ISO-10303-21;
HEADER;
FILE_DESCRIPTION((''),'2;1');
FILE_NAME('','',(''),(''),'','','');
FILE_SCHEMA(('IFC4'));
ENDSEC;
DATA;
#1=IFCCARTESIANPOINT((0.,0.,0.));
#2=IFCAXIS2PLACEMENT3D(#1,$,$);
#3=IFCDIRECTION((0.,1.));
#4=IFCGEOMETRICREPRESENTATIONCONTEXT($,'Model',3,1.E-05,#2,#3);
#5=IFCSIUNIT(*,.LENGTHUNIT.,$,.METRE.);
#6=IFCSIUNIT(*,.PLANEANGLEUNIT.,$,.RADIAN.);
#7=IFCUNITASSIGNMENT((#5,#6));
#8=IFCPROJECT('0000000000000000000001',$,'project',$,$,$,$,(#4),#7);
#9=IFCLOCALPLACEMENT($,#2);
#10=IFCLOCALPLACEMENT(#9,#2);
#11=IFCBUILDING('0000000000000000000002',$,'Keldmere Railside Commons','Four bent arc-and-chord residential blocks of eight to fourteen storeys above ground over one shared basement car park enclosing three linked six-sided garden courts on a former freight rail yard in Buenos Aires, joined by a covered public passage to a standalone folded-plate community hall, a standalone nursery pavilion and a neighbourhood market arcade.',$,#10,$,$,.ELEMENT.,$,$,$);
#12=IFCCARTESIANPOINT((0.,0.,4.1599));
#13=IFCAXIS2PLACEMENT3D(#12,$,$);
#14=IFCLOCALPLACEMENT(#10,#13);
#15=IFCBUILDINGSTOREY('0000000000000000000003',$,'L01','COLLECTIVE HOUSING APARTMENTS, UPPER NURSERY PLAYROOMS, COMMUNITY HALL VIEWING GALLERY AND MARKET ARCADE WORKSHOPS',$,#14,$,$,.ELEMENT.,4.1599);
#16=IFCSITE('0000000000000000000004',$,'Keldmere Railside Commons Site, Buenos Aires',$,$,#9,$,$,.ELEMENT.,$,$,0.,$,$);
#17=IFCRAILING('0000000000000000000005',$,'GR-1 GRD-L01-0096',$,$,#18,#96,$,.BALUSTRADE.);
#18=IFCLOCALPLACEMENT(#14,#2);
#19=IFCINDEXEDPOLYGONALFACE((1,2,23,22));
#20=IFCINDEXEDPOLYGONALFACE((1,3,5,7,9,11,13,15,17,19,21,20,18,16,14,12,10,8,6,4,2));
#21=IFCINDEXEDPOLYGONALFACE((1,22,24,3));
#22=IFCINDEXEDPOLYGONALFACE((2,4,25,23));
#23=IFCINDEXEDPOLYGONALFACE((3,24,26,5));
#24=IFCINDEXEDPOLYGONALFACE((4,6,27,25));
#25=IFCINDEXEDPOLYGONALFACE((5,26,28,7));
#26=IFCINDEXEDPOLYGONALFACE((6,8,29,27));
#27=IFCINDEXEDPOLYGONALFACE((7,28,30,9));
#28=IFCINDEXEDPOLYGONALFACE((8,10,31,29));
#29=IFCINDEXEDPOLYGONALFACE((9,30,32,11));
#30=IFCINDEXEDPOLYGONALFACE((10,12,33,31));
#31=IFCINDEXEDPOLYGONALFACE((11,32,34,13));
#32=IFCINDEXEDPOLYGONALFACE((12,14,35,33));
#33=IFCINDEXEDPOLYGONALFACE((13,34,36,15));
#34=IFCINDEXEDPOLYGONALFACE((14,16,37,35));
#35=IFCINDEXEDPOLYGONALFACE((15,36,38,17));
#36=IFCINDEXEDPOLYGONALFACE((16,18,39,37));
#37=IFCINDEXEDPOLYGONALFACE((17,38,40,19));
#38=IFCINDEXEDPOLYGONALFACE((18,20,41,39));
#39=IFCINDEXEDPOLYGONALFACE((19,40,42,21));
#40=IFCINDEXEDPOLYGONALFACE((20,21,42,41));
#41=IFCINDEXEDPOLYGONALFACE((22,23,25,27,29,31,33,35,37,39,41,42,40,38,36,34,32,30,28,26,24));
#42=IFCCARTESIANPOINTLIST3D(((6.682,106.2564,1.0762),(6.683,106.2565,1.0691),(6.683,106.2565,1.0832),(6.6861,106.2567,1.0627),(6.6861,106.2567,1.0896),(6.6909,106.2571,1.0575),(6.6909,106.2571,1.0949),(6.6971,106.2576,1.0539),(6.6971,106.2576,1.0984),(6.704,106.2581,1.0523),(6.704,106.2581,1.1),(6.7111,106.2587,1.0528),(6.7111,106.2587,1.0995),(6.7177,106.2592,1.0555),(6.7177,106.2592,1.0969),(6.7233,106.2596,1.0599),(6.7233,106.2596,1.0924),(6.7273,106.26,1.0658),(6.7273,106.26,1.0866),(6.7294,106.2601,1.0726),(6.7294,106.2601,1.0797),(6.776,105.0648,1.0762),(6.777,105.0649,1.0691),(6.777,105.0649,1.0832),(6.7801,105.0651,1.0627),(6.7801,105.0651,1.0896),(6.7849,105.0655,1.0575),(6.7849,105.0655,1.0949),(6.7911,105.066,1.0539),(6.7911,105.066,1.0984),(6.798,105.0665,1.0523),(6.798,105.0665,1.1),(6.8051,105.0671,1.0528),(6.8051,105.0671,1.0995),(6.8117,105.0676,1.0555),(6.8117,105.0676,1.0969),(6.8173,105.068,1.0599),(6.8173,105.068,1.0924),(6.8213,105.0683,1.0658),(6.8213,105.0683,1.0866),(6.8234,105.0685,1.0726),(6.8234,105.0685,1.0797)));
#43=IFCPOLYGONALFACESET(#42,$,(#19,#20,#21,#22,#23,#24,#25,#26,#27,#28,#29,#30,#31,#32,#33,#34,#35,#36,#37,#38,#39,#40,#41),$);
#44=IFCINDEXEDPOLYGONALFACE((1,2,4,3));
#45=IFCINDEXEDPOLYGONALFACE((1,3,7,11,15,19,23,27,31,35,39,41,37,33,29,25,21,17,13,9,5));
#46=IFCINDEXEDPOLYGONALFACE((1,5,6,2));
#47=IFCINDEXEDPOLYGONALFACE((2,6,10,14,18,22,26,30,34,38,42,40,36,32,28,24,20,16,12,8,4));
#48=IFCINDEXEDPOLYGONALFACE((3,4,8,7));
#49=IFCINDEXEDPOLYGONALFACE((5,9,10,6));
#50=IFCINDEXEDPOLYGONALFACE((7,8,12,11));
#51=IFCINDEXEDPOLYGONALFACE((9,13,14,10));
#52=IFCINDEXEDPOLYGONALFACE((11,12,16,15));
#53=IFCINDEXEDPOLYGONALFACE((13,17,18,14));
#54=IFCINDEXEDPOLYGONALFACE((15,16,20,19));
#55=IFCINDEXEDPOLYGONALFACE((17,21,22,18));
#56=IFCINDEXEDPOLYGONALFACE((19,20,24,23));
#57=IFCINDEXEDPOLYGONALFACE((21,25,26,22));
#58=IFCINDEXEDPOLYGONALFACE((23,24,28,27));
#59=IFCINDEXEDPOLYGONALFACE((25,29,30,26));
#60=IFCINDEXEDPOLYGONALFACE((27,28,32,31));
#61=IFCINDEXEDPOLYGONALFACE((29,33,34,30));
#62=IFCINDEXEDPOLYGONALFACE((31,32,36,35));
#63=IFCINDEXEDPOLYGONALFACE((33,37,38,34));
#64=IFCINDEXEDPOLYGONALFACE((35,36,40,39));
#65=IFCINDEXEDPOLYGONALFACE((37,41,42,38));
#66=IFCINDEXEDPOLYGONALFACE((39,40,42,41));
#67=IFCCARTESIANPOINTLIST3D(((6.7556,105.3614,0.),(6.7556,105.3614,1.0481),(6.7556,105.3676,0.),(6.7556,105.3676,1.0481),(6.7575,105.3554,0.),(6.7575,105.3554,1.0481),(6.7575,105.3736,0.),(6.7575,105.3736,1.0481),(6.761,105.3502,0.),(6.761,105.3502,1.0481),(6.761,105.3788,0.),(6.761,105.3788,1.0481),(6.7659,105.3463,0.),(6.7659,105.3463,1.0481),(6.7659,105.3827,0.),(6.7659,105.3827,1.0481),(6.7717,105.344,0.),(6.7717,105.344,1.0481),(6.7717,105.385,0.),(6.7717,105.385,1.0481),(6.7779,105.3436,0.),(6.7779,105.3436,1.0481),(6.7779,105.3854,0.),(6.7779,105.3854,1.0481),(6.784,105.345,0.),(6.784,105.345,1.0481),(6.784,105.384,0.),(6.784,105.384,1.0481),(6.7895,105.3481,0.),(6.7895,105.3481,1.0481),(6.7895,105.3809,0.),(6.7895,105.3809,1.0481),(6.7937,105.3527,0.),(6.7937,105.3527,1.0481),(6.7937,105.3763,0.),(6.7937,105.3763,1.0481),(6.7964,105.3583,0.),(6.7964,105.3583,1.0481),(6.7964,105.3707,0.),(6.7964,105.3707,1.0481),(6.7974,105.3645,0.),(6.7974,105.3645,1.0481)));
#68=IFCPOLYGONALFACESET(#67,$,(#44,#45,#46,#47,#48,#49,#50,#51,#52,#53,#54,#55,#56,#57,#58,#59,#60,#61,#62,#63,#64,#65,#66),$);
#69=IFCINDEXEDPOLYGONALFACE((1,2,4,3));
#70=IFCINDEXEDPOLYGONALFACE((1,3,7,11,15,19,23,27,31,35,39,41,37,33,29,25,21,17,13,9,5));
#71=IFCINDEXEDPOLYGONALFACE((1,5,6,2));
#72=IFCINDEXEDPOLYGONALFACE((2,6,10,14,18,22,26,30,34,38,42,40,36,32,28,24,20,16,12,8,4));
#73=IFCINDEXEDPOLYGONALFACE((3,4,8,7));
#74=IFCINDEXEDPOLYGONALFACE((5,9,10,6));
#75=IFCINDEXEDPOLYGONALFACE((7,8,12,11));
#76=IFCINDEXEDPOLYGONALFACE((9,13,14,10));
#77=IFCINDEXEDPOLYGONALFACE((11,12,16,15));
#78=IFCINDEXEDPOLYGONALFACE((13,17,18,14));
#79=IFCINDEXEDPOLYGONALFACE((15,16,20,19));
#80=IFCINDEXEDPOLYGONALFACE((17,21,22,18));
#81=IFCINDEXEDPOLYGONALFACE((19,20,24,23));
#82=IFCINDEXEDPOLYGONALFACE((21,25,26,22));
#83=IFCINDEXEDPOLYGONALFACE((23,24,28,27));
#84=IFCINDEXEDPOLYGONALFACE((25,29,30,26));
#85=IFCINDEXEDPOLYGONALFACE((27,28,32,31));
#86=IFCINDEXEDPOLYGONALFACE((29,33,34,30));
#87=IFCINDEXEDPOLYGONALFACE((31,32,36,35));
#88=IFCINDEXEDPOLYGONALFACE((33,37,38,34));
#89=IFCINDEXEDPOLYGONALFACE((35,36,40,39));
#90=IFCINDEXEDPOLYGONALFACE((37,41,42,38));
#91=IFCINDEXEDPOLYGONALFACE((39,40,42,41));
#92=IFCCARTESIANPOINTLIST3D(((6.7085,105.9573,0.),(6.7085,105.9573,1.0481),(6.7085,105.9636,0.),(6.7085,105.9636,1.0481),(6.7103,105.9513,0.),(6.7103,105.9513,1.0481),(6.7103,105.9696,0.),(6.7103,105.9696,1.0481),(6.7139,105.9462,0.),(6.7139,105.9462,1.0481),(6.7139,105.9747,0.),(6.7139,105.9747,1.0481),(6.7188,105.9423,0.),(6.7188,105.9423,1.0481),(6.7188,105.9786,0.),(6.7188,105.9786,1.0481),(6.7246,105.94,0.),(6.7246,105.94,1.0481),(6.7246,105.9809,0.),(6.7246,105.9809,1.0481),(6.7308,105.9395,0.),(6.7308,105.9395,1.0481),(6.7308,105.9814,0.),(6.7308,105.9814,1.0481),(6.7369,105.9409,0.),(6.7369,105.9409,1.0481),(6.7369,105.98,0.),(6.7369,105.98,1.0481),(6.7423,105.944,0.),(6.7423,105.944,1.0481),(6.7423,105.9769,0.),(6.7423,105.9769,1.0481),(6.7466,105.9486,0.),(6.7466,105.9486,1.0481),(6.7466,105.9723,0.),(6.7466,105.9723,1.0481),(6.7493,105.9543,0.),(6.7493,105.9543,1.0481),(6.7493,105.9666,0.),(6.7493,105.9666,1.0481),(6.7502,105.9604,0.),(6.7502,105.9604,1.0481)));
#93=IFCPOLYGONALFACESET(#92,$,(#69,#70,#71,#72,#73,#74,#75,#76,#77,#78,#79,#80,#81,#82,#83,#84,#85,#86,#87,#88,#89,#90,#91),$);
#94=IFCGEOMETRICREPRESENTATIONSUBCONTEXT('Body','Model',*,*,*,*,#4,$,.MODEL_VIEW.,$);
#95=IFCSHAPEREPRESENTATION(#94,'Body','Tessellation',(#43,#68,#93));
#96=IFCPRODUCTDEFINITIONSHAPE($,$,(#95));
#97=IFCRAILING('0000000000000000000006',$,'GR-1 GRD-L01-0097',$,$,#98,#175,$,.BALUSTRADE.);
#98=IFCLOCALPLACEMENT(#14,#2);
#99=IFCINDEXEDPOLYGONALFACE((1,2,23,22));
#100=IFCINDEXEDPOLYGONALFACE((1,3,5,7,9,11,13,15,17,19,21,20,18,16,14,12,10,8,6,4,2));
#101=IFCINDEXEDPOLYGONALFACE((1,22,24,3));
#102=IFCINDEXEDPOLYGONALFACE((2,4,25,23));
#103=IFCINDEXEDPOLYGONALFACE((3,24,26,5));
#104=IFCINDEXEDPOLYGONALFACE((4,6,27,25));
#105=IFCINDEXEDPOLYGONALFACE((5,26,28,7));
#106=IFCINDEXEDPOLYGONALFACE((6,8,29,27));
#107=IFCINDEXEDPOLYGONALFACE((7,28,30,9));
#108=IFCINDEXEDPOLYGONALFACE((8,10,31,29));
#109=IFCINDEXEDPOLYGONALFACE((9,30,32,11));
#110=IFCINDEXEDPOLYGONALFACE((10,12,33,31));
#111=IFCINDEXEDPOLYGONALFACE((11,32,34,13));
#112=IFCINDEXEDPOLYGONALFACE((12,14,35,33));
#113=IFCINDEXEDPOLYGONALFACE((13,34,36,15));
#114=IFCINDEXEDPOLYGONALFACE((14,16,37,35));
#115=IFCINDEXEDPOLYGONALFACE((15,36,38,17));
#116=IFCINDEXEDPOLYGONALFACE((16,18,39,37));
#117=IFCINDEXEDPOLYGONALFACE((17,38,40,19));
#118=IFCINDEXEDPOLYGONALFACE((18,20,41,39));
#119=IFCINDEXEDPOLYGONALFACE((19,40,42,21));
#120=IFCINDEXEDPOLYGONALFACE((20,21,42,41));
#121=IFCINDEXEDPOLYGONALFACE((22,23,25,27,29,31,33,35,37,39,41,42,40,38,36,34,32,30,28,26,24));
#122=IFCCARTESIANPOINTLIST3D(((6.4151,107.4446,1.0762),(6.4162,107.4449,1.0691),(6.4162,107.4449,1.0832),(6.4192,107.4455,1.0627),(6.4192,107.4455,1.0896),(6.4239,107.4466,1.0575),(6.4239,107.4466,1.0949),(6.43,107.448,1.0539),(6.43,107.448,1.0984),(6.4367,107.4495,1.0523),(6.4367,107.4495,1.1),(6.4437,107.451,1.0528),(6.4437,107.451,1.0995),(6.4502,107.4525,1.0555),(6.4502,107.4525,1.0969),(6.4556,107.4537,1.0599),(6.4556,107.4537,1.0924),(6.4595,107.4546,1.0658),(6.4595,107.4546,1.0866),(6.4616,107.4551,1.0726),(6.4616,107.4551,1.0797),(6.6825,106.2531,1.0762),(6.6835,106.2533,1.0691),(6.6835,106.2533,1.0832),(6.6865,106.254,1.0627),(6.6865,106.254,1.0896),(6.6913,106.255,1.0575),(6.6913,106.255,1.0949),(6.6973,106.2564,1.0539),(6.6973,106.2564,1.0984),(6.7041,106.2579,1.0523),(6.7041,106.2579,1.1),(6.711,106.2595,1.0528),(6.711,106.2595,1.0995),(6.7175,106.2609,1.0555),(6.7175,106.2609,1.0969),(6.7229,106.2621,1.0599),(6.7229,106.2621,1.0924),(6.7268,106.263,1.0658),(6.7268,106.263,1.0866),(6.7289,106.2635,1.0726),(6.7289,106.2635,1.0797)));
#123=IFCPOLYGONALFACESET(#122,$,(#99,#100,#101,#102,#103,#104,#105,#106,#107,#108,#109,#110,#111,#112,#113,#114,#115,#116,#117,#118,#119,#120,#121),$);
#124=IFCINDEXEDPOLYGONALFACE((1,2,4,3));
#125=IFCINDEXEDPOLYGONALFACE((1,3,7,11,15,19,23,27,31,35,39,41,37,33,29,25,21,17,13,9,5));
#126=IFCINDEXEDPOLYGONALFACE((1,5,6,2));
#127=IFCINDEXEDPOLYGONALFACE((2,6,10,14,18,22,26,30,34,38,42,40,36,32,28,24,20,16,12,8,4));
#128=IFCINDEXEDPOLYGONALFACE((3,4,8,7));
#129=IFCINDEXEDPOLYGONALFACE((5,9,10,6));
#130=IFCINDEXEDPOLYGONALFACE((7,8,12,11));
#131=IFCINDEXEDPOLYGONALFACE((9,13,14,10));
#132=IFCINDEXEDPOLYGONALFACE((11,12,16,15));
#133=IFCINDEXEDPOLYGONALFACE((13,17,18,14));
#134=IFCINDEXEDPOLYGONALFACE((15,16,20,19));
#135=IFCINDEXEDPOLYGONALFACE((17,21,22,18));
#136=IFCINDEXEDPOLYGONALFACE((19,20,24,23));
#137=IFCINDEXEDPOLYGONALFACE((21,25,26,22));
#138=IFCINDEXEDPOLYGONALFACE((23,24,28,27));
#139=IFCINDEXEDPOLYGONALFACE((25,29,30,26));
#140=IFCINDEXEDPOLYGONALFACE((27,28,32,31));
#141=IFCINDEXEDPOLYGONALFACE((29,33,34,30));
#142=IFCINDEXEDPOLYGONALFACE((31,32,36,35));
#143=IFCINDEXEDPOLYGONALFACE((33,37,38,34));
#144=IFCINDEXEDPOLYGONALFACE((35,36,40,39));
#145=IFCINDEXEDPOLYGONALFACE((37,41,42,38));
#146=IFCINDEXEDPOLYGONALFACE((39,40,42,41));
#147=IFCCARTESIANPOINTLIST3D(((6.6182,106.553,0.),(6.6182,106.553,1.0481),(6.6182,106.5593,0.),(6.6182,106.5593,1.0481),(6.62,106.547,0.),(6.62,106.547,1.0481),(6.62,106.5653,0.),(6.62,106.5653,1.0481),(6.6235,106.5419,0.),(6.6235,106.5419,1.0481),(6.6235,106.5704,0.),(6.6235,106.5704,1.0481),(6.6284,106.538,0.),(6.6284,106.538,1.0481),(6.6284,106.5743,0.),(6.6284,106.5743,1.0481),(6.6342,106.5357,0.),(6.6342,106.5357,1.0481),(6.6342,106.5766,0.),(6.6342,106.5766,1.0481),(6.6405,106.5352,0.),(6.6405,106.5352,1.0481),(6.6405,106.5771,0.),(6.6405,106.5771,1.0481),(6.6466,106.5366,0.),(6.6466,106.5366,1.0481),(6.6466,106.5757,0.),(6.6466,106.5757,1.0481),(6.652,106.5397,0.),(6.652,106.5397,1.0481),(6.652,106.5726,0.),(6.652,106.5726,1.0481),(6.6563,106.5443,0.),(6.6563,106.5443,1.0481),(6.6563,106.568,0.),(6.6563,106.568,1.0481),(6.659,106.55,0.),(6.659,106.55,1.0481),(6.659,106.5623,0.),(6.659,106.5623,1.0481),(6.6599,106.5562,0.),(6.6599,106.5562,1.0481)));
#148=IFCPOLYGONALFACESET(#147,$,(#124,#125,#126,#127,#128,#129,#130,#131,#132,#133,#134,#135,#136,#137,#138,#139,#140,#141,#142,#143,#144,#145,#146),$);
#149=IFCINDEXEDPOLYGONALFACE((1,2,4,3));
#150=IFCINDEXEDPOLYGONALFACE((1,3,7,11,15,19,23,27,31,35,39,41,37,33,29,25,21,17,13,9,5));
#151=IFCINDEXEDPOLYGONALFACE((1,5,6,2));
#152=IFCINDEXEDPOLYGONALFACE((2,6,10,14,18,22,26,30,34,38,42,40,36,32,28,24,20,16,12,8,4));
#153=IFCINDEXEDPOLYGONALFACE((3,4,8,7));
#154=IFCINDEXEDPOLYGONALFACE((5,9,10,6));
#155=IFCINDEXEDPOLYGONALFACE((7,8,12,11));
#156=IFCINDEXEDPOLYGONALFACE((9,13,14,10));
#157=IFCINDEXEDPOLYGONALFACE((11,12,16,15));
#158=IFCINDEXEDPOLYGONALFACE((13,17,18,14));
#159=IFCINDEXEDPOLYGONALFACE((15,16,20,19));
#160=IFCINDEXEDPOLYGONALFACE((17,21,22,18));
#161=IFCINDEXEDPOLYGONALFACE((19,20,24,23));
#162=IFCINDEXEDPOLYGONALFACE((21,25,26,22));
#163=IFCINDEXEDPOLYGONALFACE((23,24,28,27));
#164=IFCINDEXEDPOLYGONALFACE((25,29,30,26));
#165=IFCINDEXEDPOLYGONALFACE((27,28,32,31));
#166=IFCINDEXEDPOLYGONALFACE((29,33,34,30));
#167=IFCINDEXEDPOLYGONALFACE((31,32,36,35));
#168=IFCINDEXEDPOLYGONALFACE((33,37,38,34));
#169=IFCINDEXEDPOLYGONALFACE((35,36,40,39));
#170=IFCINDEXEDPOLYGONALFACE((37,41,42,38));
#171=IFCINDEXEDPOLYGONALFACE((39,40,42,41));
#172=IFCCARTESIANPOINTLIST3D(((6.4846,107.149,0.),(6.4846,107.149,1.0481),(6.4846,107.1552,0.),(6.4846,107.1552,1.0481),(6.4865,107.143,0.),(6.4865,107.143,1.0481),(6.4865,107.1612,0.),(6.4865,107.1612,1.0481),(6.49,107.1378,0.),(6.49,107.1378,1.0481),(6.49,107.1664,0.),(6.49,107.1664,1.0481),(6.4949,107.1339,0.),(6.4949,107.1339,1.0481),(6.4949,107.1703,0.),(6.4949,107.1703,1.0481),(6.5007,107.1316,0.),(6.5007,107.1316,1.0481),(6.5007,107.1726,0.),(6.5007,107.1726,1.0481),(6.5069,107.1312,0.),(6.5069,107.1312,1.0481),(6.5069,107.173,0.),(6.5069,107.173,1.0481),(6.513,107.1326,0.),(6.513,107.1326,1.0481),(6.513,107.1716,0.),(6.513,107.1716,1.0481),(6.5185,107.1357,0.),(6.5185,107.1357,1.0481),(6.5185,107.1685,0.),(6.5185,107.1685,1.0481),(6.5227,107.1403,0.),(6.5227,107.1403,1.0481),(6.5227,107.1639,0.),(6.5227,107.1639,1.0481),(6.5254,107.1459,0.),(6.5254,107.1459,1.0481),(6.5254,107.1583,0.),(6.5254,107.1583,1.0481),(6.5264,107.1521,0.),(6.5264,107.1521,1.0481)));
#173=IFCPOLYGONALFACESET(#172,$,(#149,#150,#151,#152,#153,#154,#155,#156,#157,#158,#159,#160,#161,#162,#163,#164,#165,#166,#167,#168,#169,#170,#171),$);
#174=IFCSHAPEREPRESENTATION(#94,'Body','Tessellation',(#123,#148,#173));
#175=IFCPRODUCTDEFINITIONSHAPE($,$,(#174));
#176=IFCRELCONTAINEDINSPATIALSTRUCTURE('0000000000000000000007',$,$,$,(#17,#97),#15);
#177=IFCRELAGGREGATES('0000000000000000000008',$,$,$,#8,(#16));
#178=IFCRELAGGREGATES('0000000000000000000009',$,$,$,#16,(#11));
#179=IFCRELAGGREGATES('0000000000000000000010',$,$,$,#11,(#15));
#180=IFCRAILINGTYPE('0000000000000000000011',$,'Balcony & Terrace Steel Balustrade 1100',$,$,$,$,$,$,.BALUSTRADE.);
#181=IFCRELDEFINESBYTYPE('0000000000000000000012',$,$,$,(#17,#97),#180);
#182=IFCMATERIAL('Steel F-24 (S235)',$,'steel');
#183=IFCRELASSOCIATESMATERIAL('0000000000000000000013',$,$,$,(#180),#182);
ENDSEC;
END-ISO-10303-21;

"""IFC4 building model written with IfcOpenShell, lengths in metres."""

from ifc_helpers import new_model, si_unit, direction, frame, origin, origin_2d, place, context, subcontext, project, spatial, circle, extrude, material, type_object, element, save


model = new_model("IFC4")

# Units and contexts
model_context = context("Model", 3, precision=1e-05, world=origin(), true_north=direction((0.0, 1.0)))
body_context = subcontext(model_context, "Body", "Model", "MODEL_VIEW")
ifc_project = project(units=[si_unit("LENGTHUNIT", "METRE"), si_unit("PLANEANGLEUNIT", "RADIAN")], contexts=[model_context])

# Site, building, storey
site_placement = place(None, origin())
site = spatial("IfcSite", under=ifc_project, at=site_placement, Name="Keldmere Railside Commons Site, Buenos Aires", CompositionType="ELEMENT", RefElevation=0.0)
building_placement = place(site_placement, origin())
building = spatial("IfcBuilding", under=site, at=building_placement, Name="Keldmere Railside Commons", Description="Four bent arc-and-chord residential blocks of eight to fourteen storeys above ground over one shared basement car park enclosing three linked six-sided garden courts on a former freight rail yard in Buenos Aires, joined by a covered public passage to a standalone folded-plate community hall, a standalone nursery pavilion and a neighbourhood market arcade.", CompositionType="ELEMENT")
storey_placement = place(building_placement, frame((0.0, 0.0, 4.1599)))
storey = spatial("IfcBuildingStorey", under=building, at=storey_placement, Name="L01", Description="COLLECTIVE HOUSING APARTMENTS, UPPER NURSERY PLAYROOMS, COMMUNITY HALL VIEWING GALLERY AND MARKET ARCADE WORKSHOPS", CompositionType="ELEMENT", Elevation=4.1599)

# Railings
ifc_material_1 = material(Name="Steel F-24 (S235)", Category="steel")
railing_type = type_object("IfcRailingType", Name="Balcony & Terrace Steel Balustrade 1100", PredefinedType="BALUSTRADE", material=ifc_material_1)
railing_1_placement = place(storey_placement, frame((6.7998, 105.0667, 0.0)))
element("IfcRailing", 1, at=railing_1_placement, inside=storey, type_object=railing_type, Name="GR-1 GRD-L01-0096", PredefinedType="BALUSTRADE", context=body_context, shape_type="SweptSolid", body=[
    extrude(circle(Radius=0.0239, at=origin_2d()), frame((0.0, 0.0, 1.0762), z_axis=(-0.078633, 0.996904, 0.0), x_axis=(-0.996904, -0.078633, 0.0)), (0.0, 0.0, 1.0), 1.1953),
    extrude(circle(Radius=0.021, at=origin_2d()), frame((-0.0234, 0.2979, 0.0)), (0.0, 0.0, 1.0), 1.0481),
    extrude(circle(Radius=0.021, at=origin_2d()), frame((-0.0706, 0.8938, 0.0)), (0.0, 0.0, 1.0), 1.0481),
])
railing_2_placement = place(storey_placement, frame((6.7058, 106.2583, 0.0)))
element("IfcRailing", 2, at=railing_2_placement, inside=storey, type_object=railing_type, Name="GR-1 GRD-L01-0097", PredefinedType="BALUSTRADE", context=body_context, shape_type="SweptSolid", body=[
    extrude(circle(Radius=0.0239, at=origin_2d()), frame((0.0, 0.0, 1.0762), z_axis=(-0.218899, 0.975748, 0.0), x_axis=(-0.975748, -0.218899, 0.0)), (0.0, 0.0, 1.0), 1.2212),
    extrude(circle(Radius=0.021, at=origin_2d()), frame((-0.0669, 0.2979, 0.0)), (0.0, 0.0, 1.0), 1.0481),
    extrude(circle(Radius=0.021, at=origin_2d()), frame((-0.2004, 0.8938, 0.0)), (0.0, 0.0, 1.0), 1.0481),
])

save(model, "model.ifc")
